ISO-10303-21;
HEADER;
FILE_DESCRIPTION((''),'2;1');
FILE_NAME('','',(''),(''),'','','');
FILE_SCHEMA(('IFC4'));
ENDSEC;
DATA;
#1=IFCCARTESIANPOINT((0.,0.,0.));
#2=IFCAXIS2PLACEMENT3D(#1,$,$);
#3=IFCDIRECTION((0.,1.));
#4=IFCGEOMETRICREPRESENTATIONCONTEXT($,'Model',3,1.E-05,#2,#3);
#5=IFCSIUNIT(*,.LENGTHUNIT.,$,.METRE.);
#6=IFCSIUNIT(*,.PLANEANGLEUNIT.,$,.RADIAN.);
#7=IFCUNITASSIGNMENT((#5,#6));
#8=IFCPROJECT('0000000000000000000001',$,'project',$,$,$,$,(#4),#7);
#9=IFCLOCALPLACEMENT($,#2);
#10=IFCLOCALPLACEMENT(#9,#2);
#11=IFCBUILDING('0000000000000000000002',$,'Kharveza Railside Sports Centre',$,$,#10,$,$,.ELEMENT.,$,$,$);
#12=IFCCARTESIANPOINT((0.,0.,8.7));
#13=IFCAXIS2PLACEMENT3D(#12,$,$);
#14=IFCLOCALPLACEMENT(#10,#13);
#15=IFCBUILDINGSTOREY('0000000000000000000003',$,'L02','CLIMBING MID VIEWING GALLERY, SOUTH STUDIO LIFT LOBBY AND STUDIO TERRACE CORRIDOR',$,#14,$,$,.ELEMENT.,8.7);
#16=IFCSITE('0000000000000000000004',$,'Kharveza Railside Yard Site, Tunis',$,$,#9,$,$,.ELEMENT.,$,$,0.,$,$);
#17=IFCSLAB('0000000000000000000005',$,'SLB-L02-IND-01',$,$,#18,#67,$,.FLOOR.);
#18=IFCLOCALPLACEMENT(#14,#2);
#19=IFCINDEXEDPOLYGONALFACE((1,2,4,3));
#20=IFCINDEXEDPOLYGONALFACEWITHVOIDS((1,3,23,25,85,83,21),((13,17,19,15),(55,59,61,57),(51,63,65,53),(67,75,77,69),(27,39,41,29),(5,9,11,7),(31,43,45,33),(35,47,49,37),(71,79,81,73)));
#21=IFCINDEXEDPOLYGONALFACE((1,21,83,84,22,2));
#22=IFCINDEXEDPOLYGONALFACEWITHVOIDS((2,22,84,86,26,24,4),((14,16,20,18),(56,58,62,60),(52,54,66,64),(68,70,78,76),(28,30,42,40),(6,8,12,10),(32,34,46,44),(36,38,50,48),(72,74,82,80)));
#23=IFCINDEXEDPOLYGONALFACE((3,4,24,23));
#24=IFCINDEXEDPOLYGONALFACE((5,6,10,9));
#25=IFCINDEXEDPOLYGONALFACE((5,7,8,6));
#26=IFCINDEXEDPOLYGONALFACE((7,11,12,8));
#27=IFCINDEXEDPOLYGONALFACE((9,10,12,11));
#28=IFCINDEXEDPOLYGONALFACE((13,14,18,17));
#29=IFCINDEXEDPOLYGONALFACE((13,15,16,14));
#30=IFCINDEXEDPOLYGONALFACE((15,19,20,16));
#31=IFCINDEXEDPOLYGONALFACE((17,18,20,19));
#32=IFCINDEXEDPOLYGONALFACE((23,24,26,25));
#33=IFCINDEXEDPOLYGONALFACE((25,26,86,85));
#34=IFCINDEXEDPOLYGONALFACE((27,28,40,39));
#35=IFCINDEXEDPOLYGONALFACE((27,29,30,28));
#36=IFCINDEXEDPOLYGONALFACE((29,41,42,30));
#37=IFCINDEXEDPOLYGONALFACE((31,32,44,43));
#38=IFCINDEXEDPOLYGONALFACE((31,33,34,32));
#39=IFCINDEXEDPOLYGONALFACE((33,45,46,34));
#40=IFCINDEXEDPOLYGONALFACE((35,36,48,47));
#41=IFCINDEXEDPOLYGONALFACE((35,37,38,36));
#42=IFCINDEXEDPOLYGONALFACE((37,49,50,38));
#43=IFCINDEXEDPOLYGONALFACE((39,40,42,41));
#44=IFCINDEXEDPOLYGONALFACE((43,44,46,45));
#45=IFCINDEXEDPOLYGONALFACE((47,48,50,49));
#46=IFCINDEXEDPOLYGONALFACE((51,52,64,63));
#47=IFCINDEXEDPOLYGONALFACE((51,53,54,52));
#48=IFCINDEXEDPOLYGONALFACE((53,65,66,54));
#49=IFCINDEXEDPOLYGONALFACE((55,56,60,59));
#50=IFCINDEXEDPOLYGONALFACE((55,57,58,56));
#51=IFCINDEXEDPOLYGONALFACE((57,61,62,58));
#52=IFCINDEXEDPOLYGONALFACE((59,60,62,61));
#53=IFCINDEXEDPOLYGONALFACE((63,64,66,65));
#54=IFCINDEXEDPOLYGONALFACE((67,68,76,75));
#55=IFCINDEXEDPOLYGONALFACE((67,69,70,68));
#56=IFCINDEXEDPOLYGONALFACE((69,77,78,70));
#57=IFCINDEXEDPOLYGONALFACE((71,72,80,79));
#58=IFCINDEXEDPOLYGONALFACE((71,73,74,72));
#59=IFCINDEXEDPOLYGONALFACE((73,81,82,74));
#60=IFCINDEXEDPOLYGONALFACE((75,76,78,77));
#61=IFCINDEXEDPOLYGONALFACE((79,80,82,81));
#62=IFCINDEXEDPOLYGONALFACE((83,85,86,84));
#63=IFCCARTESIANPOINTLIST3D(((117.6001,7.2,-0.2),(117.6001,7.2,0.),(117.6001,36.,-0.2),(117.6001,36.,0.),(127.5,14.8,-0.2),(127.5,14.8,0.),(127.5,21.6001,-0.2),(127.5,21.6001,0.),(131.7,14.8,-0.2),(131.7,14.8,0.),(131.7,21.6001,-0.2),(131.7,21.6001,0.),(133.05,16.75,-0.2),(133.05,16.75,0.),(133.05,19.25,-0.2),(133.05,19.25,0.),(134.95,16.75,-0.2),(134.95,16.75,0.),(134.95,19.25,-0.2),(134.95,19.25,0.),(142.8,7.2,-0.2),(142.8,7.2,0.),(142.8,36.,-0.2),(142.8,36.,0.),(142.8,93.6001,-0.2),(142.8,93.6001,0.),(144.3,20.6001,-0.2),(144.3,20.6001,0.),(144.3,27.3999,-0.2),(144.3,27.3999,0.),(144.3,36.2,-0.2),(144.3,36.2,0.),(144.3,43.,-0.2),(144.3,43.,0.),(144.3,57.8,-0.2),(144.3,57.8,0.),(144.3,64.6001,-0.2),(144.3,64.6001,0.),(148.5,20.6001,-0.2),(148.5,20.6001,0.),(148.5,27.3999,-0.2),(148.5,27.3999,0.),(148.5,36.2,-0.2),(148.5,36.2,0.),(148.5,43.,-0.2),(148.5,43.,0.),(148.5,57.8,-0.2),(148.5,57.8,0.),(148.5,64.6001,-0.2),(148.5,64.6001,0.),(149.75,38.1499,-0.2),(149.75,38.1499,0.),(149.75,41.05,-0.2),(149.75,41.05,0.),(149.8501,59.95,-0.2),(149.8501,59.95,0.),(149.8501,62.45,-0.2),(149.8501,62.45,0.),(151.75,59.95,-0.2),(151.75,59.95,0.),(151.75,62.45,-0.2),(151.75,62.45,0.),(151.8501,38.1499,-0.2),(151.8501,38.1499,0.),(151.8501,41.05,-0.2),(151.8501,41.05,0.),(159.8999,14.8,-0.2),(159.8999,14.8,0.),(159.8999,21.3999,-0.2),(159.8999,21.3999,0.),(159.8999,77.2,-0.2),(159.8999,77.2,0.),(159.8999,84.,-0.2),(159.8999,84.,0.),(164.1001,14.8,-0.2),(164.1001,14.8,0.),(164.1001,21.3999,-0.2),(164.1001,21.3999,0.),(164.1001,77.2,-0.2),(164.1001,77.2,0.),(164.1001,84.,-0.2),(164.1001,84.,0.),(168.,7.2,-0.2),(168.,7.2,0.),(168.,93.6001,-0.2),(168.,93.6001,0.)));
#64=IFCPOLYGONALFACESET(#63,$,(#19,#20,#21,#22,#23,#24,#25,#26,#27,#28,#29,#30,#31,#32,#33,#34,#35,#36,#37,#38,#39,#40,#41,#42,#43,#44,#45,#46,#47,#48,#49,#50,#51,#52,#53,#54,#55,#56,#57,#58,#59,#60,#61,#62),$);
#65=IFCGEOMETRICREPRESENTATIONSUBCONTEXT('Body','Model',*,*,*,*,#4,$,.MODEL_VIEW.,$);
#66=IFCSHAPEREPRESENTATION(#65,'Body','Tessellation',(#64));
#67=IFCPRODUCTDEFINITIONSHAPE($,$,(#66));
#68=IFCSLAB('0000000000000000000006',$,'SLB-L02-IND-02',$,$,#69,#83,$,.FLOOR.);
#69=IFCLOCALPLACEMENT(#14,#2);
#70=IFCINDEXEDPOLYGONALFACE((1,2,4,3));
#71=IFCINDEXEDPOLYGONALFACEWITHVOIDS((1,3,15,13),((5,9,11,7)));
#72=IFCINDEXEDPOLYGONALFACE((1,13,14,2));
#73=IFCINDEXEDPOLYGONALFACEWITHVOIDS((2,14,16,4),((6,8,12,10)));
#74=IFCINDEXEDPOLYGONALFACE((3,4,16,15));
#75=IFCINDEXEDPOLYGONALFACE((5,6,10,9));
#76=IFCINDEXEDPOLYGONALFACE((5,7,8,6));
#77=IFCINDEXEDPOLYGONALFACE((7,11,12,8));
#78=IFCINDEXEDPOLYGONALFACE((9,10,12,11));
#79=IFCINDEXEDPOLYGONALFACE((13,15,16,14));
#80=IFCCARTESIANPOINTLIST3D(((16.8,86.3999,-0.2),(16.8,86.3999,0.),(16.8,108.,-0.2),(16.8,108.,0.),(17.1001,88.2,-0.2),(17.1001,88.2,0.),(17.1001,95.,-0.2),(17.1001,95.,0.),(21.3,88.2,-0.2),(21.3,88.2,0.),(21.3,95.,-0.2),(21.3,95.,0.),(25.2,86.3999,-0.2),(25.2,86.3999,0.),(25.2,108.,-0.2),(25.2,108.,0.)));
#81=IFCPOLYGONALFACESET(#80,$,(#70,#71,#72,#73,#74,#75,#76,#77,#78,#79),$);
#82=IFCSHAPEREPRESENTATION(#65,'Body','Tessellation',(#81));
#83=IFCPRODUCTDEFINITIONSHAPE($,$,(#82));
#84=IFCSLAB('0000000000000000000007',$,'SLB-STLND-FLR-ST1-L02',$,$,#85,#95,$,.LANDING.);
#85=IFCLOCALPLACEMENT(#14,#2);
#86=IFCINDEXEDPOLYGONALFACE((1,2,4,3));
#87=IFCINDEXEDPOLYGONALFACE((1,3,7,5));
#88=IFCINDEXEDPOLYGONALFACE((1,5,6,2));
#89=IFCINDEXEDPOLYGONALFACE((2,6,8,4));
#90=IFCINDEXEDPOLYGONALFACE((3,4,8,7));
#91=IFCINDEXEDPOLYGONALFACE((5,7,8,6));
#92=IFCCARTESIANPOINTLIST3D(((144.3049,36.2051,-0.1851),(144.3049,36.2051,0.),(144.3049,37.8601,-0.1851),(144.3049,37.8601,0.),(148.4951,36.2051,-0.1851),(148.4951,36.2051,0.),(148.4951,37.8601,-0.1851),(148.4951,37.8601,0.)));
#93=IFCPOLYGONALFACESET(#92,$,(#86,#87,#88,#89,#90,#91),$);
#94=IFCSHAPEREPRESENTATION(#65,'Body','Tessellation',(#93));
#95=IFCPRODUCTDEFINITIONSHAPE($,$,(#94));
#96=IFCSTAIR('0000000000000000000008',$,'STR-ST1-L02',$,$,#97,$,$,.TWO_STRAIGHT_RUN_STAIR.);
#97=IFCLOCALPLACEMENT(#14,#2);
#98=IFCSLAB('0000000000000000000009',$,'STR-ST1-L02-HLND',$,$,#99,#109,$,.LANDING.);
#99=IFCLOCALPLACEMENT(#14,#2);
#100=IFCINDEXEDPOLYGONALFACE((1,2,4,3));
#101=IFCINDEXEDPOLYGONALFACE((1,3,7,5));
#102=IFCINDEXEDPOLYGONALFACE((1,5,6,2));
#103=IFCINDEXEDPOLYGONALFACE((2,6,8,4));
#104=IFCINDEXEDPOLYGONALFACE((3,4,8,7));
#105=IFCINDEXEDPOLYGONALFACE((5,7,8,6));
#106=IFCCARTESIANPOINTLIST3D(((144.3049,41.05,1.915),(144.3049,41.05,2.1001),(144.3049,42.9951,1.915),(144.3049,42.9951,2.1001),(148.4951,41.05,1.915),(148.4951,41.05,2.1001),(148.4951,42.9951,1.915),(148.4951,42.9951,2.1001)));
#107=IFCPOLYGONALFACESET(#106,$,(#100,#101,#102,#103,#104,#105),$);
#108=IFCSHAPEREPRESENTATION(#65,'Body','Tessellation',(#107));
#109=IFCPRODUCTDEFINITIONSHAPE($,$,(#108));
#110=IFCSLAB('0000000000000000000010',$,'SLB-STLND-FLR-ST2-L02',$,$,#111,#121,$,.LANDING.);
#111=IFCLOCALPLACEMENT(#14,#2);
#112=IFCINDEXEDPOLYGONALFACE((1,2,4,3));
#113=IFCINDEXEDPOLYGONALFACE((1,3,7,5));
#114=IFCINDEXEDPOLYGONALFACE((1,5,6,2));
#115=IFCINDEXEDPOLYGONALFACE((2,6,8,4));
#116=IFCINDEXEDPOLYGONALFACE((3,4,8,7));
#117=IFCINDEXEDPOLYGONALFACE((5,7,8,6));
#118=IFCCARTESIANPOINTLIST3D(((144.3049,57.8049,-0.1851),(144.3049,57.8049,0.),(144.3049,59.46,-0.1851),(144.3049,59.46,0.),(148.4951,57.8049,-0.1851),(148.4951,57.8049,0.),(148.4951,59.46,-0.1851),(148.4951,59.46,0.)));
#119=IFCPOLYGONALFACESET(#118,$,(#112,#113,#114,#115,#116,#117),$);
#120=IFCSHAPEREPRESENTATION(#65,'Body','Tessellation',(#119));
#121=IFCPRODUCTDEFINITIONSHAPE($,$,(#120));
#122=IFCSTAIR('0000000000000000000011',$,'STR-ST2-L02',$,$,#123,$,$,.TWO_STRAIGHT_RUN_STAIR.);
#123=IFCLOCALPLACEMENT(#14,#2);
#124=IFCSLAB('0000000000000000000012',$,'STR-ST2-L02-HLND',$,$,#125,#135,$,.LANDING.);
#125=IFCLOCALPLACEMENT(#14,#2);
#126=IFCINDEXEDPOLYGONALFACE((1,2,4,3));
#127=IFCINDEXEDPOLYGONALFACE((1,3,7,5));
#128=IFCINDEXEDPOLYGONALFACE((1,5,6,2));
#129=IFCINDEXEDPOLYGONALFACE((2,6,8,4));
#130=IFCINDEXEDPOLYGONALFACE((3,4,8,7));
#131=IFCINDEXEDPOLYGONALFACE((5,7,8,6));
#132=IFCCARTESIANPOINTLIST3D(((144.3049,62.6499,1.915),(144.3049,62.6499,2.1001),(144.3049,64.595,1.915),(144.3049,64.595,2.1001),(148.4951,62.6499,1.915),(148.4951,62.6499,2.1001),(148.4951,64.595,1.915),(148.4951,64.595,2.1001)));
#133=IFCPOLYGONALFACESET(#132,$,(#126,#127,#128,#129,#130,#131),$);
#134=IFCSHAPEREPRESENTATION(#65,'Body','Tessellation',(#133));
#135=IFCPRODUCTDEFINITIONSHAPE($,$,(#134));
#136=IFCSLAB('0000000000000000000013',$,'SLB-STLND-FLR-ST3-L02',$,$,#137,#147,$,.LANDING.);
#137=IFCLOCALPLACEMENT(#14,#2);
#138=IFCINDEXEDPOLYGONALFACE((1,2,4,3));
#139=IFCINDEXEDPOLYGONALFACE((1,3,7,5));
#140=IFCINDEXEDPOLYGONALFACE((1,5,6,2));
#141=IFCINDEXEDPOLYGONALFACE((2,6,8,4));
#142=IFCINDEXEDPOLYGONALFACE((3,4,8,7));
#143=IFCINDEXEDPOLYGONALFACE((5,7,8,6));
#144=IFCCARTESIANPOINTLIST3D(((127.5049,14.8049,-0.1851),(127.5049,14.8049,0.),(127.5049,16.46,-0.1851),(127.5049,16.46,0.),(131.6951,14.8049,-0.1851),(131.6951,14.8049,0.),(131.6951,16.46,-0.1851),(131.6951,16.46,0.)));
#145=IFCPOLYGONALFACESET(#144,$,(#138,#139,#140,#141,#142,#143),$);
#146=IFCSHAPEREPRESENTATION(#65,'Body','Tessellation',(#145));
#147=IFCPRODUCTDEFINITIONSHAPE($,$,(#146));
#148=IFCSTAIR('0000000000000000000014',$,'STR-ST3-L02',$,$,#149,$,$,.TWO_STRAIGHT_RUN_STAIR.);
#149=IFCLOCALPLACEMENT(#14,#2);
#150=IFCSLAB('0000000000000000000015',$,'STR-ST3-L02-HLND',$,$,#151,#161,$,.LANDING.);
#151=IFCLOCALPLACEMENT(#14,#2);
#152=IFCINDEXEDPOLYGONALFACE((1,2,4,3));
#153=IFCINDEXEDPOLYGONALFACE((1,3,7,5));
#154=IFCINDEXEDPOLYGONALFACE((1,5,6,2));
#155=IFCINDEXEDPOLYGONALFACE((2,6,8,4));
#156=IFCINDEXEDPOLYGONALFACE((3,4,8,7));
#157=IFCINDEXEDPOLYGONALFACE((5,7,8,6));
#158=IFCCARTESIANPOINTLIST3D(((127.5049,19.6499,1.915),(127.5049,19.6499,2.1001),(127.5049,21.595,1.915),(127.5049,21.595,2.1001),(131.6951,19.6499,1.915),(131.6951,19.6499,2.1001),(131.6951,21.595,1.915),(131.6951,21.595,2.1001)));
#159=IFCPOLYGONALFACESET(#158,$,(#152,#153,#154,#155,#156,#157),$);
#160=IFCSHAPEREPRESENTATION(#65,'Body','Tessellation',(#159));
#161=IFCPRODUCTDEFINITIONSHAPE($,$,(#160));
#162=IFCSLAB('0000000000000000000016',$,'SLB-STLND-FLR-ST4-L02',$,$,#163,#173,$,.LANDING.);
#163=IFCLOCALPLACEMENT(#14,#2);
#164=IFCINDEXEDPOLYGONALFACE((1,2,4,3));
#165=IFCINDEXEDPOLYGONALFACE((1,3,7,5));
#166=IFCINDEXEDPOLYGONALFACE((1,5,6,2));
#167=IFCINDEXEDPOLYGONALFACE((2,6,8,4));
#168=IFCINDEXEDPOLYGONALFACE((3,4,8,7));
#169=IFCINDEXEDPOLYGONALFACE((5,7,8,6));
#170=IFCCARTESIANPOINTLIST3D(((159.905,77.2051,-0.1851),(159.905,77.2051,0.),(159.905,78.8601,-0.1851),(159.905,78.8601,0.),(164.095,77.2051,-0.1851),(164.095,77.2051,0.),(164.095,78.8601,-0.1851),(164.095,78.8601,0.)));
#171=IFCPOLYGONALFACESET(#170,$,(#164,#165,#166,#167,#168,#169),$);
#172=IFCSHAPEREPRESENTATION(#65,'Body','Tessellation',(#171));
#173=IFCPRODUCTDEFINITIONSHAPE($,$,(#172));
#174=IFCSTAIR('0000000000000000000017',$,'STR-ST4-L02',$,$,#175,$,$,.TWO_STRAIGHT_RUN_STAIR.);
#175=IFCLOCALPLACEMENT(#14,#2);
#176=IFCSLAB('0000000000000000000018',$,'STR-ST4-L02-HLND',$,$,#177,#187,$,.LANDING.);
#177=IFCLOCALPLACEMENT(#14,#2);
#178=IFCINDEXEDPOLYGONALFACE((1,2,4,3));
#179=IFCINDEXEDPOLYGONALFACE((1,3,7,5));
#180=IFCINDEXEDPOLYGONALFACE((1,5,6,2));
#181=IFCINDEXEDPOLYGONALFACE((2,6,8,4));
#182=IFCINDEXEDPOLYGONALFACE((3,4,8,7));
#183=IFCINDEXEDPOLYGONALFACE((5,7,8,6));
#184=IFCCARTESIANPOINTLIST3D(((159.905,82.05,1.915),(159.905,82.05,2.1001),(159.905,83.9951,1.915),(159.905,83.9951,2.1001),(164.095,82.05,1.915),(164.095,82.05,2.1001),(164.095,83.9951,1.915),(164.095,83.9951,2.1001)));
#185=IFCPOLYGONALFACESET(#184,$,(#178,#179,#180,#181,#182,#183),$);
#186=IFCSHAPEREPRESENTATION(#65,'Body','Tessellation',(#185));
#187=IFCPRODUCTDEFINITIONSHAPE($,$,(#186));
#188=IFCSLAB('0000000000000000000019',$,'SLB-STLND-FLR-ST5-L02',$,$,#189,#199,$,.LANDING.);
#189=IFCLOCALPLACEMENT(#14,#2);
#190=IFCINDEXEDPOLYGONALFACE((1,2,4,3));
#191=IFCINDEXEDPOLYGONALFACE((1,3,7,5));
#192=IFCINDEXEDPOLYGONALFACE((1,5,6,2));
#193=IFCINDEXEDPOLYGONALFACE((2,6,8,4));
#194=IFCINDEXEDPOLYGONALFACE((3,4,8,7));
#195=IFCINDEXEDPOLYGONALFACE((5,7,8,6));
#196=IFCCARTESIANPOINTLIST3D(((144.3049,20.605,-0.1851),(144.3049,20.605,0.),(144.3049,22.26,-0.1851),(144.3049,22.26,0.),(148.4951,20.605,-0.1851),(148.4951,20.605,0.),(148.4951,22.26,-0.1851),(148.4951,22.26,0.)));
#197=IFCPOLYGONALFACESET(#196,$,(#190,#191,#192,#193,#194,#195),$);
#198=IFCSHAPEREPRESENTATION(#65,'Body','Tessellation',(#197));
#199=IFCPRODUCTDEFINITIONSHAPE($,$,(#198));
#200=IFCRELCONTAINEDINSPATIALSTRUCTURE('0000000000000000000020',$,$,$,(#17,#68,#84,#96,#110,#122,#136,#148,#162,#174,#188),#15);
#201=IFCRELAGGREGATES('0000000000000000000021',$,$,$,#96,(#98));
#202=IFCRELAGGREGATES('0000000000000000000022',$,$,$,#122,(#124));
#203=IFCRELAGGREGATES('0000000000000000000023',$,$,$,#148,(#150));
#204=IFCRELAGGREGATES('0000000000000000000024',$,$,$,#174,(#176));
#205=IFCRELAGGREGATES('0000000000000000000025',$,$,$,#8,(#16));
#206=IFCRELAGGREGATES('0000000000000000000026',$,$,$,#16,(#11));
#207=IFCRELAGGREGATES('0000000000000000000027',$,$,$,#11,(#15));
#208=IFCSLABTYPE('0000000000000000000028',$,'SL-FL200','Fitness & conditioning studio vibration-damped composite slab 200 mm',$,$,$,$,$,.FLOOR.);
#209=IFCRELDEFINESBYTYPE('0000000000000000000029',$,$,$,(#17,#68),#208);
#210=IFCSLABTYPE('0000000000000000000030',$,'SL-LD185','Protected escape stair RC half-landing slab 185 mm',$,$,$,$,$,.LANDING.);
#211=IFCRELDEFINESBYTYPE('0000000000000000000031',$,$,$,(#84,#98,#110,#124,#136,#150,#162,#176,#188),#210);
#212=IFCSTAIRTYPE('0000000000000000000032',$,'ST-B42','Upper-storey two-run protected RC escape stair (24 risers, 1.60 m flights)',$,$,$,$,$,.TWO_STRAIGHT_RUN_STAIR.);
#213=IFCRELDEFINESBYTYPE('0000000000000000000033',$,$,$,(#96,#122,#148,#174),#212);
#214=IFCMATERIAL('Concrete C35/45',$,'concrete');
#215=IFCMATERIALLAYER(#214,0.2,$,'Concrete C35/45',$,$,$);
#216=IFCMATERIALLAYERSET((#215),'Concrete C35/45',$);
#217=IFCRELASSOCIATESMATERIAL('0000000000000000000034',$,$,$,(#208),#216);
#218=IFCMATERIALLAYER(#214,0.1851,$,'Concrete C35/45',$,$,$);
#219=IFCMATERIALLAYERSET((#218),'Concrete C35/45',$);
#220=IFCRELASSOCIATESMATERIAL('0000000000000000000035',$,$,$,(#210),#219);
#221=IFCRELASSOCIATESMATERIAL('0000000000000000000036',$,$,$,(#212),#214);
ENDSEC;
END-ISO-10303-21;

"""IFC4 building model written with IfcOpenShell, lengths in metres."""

from ifc_helpers import new_model, si_unit, direction, frame, origin, place, context, subcontext, project, spatial, polyline, outline, extrude, material, layer, layer_set, type_object, element, aggregate, save


model = new_model("IFC4")

# Units and contexts
model_context = context("Model", 3, precision=1e-05, world=origin(), true_north=direction((0.0, 1.0)))
body_context = subcontext(model_context, "Body", "Model", "MODEL_VIEW")
ifc_project = project(units=[si_unit("LENGTHUNIT", "METRE"), si_unit("PLANEANGLEUNIT", "RADIAN")], contexts=[model_context])

# Site, building, storey
site_placement = place(None, origin())
site = spatial("IfcSite", under=ifc_project, at=site_placement, Name="Kharveza Railside Yard Site, Tunis", CompositionType="ELEMENT", RefElevation=0.0)
building_placement = place(site_placement, origin())
building = spatial("IfcBuilding", under=site, at=building_placement, Name="Kharveza Railside Sports Centre", CompositionType="ELEMENT")
storey_placement = place(building_placement, frame((0.0, 0.0, 8.7)))
storey = spatial("IfcBuildingStorey", under=building, at=storey_placement, Name="L02", Description="CLIMBING MID VIEWING GALLERY, SOUTH STUDIO LIFT LOBBY AND STUDIO TERRACE CORRIDOR", CompositionType="ELEMENT", Elevation=8.7)

# Slabs
ifc_material_1 = material(Name="Concrete C35/45", Category="concrete")
ifc_layer_1 = layer(ifc_material_1, 0.2, Name="Concrete C35/45")
ifc_layer_set_1 = layer_set([ifc_layer_1], Name="Concrete C35/45")
slab_type_1 = type_object("IfcSlabType", Name="SL-FL200", Description="Fitness & conditioning studio vibration-damped composite slab 200 mm", PredefinedType="FLOOR", material=ifc_layer_set_1)
slab_1_placement = place(storey_placement, frame((0.0, 0.0, -0.2)))
element("IfcSlab", 1, at=slab_1_placement, inside=storey, type_object=slab_type_1, Name="SLB-L02-IND-01", PredefinedType="FLOOR", context=body_context, shape_type="SweptSolid", body=[
    extrude(outline(polyline([(142.8, 93.6001), (168.0, 93.6001), (168.0, 7.2), (142.8, 7.2), (117.6001, 7.2), (117.6001, 36.0), (142.8, 36.0), (142.8, 93.6001)]), holes=[polyline([(148.5, 43.0), (144.3, 43.0), (144.3, 36.2), (148.5, 36.2), (148.5, 43.0)]), polyline([(148.5, 57.8), (148.5, 64.6001), (144.3, 64.6001), (144.3, 57.8), (148.5, 57.8)]), polyline([(127.5, 14.8), (131.7, 14.8), (131.7, 21.6001), (127.5, 21.6001), (127.5, 14.8)]), polyline([(159.8999, 84.0), (159.8999, 77.2), (164.1001, 77.2), (164.1001, 84.0), (159.8999, 84.0)]), polyline([(148.5, 27.3999), (144.3, 27.3999), (144.3, 20.6001), (148.5, 20.6001), (148.5, 27.3999)]), polyline([(159.8999, 14.8), (164.1001, 14.8), (164.1001, 21.3999), (159.8999, 21.3999), (159.8999, 14.8)]), polyline([(149.75, 41.05), (149.75, 38.1499), (151.8501, 38.1499), (151.8501, 41.05), (149.75, 41.05)]), polyline([(151.75, 62.45), (149.8501, 62.45), (149.8501, 59.95), (151.75, 59.95), (151.75, 62.45)]), polyline([(134.95, 16.75), (134.95, 19.25), (133.05, 19.25), (133.05, 16.75), (134.95, 16.75)])]), origin(), (0.0, 0.0, 1.0), 0.2),
])
slab_2_placement = place(storey_placement, frame((0.0, 0.0, -0.2)))
element("IfcSlab", 2, at=slab_2_placement, inside=storey, type_object=slab_type_1, Name="SLB-L02-IND-02", PredefinedType="FLOOR", context=body_context, shape_type="SweptSolid", body=[
    extrude(outline(polyline([(16.8, 86.3999), (16.8, 108.0), (25.2, 108.0), (25.2, 86.3999), (16.8, 86.3999)]), holes=[polyline([(21.3, 88.2), (21.3, 95.0), (17.1001, 95.0), (17.1001, 88.2), (21.3, 88.2)])]), origin(), (0.0, 0.0, 1.0), 0.2),
])
ifc_layer_2 = layer(ifc_material_1, 0.1851, Name="Concrete C35/45")
ifc_layer_set_2 = layer_set([ifc_layer_2], Name="Concrete C35/45")
slab_type_2 = type_object("IfcSlabType", Name="SL-LD185", Description="Protected escape stair RC half-landing slab 185 mm", PredefinedType="LANDING", material=ifc_layer_set_2)
slab_3_placement = place(storey_placement, frame((0.0, 0.0, -0.1851)))
element("IfcSlab", 3, at=slab_3_placement, inside=storey, type_object=slab_type_2, Name="SLB-STLND-FLR-ST1-L02", PredefinedType="LANDING", context=body_context, shape_type="SweptSolid", body=[
    extrude(outline(polyline([(144.3049, 36.2051), (148.4951, 36.2051), (148.4951, 37.8601), (144.3049, 37.8601), (144.3049, 36.2051)])), origin(), (0.0, 0.0, 1.0), 0.1851),
])

# Stair, slab
stair_type = type_object("IfcStairType", Name="ST-B42", Description="Upper-storey two-run protected RC escape stair (24 risers, 1.60 m flights)", PredefinedType="TWO_STRAIGHT_RUN_STAIR", material=ifc_material_1)
stair_1_placement = place(storey_placement, origin())
stair_1 = element("IfcStair", 4, at=stair_1_placement, inside=storey, type_object=stair_type, Name="STR-ST1-L02", PredefinedType="TWO_STRAIGHT_RUN_STAIR")
slab_4_placement = place(storey_placement, frame((0.0, 0.0, 1.915)))
slab_4 = element("IfcSlab", 5, at=slab_4_placement, type_object=slab_type_2, Name="STR-ST1-L02-HLND", PredefinedType="LANDING", context=body_context, shape_type="SweptSolid", body=[
    extrude(outline(polyline([(144.3049, 41.05), (148.4951, 41.05), (148.4951, 42.9951), (144.3049, 42.9951), (144.3049, 41.05)])), origin(), (0.0, 0.0, 1.0), 0.1851),
])
aggregate(stair_1, [slab_4])

# Slab
slab_5_placement = place(storey_placement, frame((0.0, 0.0, -0.1851)))
element("IfcSlab", 6, at=slab_5_placement, inside=storey, type_object=slab_type_2, Name="SLB-STLND-FLR-ST2-L02", PredefinedType="LANDING", context=body_context, shape_type="SweptSolid", body=[
    extrude(outline(polyline([(144.3049, 57.8049), (148.4951, 57.8049), (148.4951, 59.46), (144.3049, 59.46), (144.3049, 57.8049)])), origin(), (0.0, 0.0, 1.0), 0.1851),
])

# Stair, slab
stair_2_placement = place(storey_placement, origin())
stair_2 = element("IfcStair", 7, at=stair_2_placement, inside=storey, type_object=stair_type, Name="STR-ST2-L02", PredefinedType="TWO_STRAIGHT_RUN_STAIR")
slab_6_placement = place(storey_placement, frame((0.0, 0.0, 1.915)))
slab_6 = element("IfcSlab", 8, at=slab_6_placement, type_object=slab_type_2, Name="STR-ST2-L02-HLND", PredefinedType="LANDING", context=body_context, shape_type="SweptSolid", body=[
    extrude(outline(polyline([(144.3049, 62.6499), (148.4951, 62.6499), (148.4951, 64.595), (144.3049, 64.595), (144.3049, 62.6499)])), origin(), (0.0, 0.0, 1.0), 0.1851),
])
aggregate(stair_2, [slab_6])

# Slab
slab_7_placement = place(storey_placement, frame((0.0, 0.0, -0.1851)))
element("IfcSlab", 9, at=slab_7_placement, inside=storey, type_object=slab_type_2, Name="SLB-STLND-FLR-ST3-L02", PredefinedType="LANDING", context=body_context, shape_type="SweptSolid", body=[
    extrude(outline(polyline([(127.5049, 14.8049), (131.6951, 14.8049), (131.6951, 16.46), (127.5049, 16.46), (127.5049, 14.8049)])), origin(), (0.0, 0.0, 1.0), 0.1851),
])

# Stair, slab
stair_3_placement = place(storey_placement, origin())
stair_3 = element("IfcStair", 10, at=stair_3_placement, inside=storey, type_object=stair_type, Name="STR-ST3-L02", PredefinedType="TWO_STRAIGHT_RUN_STAIR")
slab_8_placement = place(storey_placement, frame((0.0, 0.0, 1.915)))
slab_8 = element("IfcSlab", 11, at=slab_8_placement, type_object=slab_type_2, Name="STR-ST3-L02-HLND", PredefinedType="LANDING", context=body_context, shape_type="SweptSolid", body=[
    extrude(outline(polyline([(127.5049, 19.6499), (131.6951, 19.6499), (131.6951, 21.595), (127.5049, 21.595), (127.5049, 19.6499)])), origin(), (0.0, 0.0, 1.0), 0.1851),
])
aggregate(stair_3, [slab_8])

# Slab
slab_9_placement = place(storey_placement, frame((0.0, 0.0, -0.1851)))
element("IfcSlab", 12, at=slab_9_placement, inside=storey, type_object=slab_type_2, Name="SLB-STLND-FLR-ST4-L02", PredefinedType="LANDING", context=body_context, shape_type="SweptSolid", body=[
    extrude(outline(polyline([(159.905, 77.2051), (164.095, 77.2051), (164.095, 78.8601), (159.905, 78.8601), (159.905, 77.2051)])), origin(), (0.0, 0.0, 1.0), 0.1851),
])

# Stair, slab
stair_4_placement = place(storey_placement, origin())
stair_4 = element("IfcStair", 13, at=stair_4_placement, inside=storey, type_object=stair_type, Name="STR-ST4-L02", PredefinedType="TWO_STRAIGHT_RUN_STAIR")
slab_10_placement = place(storey_placement, frame((0.0, 0.0, 1.915)))
slab_10 = element("IfcSlab", 14, at=slab_10_placement, type_object=slab_type_2, Name="STR-ST4-L02-HLND", PredefinedType="LANDING", context=body_context, shape_type="SweptSolid", body=[
    extrude(outline(polyline([(159.905, 82.05), (164.095, 82.05), (164.095, 83.9951), (159.905, 83.9951), (159.905, 82.05)])), origin(), (0.0, 0.0, 1.0), 0.1851),
])
aggregate(stair_4, [slab_10])

# Slab
slab_11_placement = place(storey_placement, frame((0.0, 0.0, -0.1851)))
element("IfcSlab", 15, at=slab_11_placement, inside=storey, type_object=slab_type_2, Name="SLB-STLND-FLR-ST5-L02", PredefinedType="LANDING", context=body_context, shape_type="SweptSolid", body=[
    extrude(outline(polyline([(144.3049, 20.605), (148.4951, 20.605), (148.4951, 22.26), (144.3049, 22.26), (144.3049, 20.605)])), origin(), (0.0, 0.0, 1.0), 0.1851),
])

save(model, "model.ifc")
